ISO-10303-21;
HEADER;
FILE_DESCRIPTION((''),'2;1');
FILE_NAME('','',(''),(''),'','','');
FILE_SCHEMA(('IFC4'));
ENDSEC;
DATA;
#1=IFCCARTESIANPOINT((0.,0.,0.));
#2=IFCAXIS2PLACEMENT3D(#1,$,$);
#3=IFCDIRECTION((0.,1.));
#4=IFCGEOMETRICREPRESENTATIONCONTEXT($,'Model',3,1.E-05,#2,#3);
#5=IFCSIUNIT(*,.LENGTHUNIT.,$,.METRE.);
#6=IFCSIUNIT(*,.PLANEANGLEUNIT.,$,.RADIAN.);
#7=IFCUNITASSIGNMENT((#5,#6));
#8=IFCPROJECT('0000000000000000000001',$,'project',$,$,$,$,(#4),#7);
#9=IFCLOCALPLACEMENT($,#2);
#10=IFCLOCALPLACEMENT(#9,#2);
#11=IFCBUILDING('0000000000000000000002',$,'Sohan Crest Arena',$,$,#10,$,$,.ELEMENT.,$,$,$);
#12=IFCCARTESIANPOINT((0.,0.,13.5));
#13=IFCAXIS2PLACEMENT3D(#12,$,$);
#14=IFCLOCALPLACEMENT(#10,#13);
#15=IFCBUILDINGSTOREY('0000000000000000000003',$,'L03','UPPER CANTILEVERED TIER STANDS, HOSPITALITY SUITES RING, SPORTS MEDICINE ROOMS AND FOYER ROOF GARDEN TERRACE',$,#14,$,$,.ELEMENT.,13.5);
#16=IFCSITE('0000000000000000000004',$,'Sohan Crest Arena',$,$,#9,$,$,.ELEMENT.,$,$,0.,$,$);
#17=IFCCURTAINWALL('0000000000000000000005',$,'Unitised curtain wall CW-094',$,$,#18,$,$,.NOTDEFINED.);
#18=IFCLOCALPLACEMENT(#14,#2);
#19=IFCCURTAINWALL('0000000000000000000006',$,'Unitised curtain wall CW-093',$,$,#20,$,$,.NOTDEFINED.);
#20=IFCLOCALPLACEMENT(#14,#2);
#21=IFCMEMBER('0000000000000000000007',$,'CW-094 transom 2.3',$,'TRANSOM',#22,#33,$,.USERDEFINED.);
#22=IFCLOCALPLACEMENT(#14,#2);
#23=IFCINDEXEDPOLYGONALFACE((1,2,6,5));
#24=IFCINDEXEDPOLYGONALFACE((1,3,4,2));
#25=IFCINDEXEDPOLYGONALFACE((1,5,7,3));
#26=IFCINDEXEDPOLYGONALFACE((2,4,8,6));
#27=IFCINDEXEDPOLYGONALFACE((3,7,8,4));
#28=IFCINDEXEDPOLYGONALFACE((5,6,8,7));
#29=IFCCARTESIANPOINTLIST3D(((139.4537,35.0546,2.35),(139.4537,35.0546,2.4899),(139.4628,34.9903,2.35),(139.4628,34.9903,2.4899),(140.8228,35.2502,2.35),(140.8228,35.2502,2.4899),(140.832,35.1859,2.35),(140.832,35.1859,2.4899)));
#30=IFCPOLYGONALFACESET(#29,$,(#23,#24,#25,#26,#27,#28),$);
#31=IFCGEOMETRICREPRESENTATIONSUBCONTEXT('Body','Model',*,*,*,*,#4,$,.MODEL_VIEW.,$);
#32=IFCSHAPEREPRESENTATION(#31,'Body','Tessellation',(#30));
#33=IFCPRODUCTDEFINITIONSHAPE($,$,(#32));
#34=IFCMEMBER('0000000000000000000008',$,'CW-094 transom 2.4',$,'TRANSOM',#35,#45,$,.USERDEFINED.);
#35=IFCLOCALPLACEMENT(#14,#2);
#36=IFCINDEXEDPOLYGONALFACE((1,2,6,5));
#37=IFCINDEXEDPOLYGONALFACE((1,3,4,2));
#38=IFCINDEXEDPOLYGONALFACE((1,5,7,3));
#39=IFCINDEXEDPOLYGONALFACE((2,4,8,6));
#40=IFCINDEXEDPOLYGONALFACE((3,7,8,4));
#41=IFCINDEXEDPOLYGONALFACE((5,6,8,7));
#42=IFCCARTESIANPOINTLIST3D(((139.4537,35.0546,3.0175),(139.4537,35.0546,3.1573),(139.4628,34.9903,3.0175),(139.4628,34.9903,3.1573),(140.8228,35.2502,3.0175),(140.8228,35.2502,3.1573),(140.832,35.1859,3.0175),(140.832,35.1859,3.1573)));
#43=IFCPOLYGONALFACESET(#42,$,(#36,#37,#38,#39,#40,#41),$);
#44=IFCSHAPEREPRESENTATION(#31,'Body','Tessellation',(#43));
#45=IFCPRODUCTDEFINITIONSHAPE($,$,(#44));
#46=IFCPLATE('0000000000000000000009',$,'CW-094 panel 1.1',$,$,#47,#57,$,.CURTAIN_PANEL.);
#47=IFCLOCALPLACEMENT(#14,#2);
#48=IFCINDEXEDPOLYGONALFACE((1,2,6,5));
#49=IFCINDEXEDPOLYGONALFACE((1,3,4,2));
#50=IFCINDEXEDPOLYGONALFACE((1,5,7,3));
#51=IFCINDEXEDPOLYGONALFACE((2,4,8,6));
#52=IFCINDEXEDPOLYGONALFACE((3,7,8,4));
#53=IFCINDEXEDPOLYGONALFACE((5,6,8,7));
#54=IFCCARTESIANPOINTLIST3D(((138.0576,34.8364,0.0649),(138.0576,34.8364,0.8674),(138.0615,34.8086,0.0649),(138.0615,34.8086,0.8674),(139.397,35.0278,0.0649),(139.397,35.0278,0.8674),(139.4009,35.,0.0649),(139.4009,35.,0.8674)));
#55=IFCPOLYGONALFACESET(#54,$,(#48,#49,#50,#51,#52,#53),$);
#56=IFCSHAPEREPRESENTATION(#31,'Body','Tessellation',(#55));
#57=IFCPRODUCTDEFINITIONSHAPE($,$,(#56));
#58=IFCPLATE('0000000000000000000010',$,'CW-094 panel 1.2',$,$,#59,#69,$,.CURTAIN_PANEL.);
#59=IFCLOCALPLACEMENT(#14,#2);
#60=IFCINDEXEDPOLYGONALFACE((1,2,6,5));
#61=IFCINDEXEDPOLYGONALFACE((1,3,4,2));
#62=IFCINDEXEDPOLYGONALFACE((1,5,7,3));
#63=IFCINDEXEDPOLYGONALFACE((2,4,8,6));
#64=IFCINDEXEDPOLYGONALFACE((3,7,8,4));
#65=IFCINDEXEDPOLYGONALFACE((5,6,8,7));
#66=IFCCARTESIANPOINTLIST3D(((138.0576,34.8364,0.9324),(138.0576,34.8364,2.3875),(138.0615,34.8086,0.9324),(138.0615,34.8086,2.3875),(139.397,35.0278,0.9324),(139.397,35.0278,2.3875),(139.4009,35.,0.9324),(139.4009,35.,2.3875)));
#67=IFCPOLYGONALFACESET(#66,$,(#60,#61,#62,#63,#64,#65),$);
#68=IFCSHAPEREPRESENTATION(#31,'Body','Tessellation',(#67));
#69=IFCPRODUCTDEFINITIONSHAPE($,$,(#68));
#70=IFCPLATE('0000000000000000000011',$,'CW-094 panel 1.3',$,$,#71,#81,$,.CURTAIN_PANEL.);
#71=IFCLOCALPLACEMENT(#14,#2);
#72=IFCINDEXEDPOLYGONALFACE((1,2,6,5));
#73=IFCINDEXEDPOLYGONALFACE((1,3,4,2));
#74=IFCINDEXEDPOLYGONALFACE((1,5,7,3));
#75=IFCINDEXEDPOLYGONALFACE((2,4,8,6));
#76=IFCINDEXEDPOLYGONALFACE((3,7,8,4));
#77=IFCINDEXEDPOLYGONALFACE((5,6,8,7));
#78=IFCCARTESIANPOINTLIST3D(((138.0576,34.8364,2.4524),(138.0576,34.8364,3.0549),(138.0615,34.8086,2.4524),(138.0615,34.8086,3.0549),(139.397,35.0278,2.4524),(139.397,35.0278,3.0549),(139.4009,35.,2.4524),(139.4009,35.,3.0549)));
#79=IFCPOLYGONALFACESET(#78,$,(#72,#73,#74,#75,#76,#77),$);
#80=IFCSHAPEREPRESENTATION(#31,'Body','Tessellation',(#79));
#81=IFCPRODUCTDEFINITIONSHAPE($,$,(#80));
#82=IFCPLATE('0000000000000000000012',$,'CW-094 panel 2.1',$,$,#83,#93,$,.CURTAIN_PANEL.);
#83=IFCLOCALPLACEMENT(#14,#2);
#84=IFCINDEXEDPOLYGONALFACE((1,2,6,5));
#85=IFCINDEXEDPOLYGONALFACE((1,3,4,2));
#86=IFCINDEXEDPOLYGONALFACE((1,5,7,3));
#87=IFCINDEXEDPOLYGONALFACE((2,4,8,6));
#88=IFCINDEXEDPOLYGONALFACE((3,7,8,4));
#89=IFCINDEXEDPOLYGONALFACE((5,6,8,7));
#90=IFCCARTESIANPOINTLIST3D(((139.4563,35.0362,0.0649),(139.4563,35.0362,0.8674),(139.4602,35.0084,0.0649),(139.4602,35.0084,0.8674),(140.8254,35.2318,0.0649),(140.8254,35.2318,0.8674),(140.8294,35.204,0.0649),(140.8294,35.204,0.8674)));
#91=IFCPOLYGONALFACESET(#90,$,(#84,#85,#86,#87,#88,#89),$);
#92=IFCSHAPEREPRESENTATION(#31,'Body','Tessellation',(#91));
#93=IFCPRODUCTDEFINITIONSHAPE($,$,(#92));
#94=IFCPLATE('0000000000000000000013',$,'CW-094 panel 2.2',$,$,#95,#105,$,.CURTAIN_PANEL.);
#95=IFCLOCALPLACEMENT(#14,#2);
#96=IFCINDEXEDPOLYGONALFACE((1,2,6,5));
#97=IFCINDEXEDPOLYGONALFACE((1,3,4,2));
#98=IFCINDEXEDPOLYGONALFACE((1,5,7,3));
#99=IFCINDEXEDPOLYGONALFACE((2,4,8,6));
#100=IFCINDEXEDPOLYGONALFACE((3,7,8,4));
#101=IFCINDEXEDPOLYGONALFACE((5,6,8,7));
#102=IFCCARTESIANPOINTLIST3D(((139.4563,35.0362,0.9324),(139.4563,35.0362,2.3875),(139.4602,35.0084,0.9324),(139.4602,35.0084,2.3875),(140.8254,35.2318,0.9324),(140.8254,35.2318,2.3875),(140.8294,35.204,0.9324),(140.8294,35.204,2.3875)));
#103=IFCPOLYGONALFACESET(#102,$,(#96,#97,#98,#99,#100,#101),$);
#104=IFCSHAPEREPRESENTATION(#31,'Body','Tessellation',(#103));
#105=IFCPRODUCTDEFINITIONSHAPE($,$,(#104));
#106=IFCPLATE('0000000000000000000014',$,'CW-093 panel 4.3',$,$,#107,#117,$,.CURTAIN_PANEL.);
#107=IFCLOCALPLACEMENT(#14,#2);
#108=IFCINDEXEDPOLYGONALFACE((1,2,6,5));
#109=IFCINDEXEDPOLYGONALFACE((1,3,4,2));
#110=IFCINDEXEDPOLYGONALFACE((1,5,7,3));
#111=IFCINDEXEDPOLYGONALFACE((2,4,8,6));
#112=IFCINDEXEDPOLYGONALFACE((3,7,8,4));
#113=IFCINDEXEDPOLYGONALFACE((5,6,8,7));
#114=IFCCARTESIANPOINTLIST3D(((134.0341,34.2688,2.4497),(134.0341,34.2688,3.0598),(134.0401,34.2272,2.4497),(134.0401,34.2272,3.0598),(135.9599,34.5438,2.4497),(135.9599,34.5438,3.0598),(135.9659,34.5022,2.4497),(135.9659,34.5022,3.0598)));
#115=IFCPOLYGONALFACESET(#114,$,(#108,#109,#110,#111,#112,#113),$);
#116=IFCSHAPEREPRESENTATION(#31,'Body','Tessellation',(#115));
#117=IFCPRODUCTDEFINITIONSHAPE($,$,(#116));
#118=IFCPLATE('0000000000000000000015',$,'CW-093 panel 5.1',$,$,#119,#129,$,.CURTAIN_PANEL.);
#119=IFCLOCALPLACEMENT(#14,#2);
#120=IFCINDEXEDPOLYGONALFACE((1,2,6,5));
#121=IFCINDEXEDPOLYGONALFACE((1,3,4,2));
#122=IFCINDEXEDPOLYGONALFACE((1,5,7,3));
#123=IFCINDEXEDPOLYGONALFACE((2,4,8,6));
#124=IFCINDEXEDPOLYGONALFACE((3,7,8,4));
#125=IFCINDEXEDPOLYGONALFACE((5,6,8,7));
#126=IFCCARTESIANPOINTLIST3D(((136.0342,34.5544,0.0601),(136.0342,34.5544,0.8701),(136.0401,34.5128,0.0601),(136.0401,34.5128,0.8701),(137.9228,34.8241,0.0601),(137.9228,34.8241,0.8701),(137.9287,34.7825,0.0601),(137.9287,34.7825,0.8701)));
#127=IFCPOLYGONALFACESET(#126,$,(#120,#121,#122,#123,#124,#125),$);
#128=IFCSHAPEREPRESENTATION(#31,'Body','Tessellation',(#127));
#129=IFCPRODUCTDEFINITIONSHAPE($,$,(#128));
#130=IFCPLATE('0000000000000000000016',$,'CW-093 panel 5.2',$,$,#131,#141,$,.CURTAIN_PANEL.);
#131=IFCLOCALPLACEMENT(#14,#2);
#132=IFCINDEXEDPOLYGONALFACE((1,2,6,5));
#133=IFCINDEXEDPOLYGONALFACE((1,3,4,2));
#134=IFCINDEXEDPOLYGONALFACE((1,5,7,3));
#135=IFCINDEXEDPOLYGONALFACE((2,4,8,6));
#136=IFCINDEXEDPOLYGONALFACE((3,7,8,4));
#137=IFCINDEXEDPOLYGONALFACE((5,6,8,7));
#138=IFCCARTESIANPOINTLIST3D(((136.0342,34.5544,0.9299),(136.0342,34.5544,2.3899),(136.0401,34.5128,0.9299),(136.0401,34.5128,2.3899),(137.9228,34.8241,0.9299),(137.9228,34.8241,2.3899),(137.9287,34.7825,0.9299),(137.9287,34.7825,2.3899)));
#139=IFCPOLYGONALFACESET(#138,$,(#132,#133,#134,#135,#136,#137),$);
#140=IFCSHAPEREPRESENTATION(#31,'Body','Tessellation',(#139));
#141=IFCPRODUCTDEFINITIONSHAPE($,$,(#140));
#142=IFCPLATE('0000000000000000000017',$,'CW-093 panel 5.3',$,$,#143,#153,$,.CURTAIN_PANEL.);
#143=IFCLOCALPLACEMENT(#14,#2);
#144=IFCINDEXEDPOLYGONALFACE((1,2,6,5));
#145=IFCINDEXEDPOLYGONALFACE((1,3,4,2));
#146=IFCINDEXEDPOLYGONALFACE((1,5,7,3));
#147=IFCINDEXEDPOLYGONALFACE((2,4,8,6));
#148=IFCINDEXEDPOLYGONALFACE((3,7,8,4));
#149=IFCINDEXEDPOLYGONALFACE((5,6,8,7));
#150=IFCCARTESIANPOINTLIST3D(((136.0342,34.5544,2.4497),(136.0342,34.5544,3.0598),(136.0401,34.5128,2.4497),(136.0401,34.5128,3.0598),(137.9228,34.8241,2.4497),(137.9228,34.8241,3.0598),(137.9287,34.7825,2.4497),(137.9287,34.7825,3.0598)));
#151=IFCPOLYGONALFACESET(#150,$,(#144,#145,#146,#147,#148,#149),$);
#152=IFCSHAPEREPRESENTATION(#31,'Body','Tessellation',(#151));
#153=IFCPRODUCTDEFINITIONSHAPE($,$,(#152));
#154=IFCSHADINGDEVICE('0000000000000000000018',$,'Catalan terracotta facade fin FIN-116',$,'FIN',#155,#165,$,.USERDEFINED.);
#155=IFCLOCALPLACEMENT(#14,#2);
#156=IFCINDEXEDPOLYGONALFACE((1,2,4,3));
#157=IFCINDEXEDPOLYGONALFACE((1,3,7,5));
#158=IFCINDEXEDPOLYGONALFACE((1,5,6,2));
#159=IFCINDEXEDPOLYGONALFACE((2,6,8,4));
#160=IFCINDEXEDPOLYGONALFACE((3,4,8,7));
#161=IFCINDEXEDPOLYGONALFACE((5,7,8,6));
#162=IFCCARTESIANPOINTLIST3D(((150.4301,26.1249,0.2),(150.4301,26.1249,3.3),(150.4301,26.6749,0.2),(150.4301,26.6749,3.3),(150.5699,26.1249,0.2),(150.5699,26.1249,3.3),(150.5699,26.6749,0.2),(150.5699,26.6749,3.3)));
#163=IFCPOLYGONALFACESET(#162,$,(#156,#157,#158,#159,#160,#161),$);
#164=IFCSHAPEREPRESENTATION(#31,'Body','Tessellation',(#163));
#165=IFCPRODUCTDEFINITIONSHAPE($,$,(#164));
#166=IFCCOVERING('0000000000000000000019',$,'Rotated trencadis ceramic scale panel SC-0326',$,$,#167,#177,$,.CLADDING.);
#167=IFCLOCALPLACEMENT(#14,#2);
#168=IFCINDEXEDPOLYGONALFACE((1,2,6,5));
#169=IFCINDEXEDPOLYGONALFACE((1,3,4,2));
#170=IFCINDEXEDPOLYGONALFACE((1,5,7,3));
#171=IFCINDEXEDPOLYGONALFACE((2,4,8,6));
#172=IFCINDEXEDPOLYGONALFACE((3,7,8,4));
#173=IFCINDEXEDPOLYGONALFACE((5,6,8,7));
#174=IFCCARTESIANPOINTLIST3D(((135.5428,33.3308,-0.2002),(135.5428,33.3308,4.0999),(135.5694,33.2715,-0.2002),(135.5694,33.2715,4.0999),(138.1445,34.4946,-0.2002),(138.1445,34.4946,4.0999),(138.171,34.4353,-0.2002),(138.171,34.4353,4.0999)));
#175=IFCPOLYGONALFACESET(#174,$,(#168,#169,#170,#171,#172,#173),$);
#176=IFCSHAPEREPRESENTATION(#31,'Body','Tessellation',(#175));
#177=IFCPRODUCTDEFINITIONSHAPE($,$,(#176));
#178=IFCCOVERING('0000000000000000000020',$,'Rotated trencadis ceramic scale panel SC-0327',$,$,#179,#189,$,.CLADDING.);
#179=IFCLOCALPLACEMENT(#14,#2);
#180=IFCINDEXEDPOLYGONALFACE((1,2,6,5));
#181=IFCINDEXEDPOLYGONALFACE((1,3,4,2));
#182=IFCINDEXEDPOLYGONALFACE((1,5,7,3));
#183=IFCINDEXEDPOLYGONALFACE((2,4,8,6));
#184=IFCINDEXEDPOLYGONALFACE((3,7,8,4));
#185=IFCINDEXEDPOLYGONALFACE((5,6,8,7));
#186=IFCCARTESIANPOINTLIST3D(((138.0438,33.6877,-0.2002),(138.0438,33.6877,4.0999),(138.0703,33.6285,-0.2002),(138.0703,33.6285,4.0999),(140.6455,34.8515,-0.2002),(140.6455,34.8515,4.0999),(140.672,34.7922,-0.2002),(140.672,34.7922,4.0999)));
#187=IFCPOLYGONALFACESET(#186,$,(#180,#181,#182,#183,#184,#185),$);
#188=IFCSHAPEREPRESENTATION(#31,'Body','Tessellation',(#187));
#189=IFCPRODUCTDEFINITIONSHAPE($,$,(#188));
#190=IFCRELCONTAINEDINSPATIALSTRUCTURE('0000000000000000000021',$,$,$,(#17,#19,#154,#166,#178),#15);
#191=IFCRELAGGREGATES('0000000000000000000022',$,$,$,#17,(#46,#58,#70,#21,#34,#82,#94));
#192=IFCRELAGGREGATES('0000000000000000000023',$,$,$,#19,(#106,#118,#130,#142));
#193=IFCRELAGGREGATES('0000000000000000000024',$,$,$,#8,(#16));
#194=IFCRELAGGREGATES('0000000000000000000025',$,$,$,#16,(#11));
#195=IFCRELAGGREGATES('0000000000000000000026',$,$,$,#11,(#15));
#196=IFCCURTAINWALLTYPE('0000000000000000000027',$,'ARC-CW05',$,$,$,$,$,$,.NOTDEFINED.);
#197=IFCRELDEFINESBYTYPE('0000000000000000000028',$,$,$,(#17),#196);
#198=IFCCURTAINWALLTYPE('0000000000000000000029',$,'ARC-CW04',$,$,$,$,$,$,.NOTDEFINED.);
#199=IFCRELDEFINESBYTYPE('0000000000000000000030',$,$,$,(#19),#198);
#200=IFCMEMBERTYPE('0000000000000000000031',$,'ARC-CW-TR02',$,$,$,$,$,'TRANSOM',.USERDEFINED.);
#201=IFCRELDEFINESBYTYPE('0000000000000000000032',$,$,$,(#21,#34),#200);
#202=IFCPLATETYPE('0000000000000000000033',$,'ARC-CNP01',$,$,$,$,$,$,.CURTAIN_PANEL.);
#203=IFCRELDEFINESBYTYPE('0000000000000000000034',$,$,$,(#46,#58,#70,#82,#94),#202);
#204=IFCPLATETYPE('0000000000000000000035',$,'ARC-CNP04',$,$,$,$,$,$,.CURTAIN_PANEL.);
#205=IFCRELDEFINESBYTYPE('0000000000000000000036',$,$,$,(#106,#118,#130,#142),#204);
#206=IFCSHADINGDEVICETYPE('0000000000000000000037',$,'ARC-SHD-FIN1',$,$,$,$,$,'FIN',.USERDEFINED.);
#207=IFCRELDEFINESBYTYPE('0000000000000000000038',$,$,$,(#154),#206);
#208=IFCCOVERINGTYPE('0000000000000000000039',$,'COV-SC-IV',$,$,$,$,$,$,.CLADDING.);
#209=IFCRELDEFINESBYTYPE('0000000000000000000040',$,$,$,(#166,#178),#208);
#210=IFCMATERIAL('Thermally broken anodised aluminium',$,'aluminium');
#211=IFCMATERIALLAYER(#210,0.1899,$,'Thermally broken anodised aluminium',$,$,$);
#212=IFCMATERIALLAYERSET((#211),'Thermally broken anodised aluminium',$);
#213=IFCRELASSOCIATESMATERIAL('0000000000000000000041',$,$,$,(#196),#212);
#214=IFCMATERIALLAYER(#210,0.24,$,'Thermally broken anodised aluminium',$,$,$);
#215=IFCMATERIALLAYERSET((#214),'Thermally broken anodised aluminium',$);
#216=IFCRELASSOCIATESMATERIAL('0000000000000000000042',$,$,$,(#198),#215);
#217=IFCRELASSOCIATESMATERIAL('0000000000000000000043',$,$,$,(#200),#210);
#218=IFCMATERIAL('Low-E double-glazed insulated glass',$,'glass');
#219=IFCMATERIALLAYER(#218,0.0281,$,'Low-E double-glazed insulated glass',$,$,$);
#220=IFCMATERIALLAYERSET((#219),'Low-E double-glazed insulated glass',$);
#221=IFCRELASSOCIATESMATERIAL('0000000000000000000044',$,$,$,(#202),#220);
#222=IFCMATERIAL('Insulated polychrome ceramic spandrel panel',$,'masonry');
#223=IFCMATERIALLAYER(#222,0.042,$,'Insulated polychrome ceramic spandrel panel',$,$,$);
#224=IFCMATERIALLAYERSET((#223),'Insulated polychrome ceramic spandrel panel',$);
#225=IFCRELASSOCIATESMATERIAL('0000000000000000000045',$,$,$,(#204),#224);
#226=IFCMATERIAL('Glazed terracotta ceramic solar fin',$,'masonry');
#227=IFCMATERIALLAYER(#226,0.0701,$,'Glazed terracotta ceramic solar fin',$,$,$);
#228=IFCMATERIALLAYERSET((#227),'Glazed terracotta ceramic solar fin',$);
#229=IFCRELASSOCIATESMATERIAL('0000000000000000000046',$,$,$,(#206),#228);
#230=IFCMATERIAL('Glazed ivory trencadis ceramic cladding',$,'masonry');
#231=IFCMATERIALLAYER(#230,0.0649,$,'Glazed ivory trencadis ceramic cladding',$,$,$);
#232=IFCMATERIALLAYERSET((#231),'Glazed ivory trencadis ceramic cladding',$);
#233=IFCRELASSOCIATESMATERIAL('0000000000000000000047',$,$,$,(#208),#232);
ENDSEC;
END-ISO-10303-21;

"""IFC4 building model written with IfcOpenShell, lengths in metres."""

from ifc_helpers import new_model, si_unit, direction, frame, origin, origin_2d, place, context, subcontext, project, spatial, rectangle, extrude, material, layer, layer_set, material_profile, profile_set, type_object, element, aggregate, save


model = new_model("IFC4")

# Units and contexts
model_context = context("Model", 3, precision=1e-05, world=origin(), true_north=direction((0.0, 1.0)))
body_context = subcontext(model_context, "Body", "Model", "MODEL_VIEW")
ifc_project = project(units=[si_unit("LENGTHUNIT", "METRE"), si_unit("PLANEANGLEUNIT", "RADIAN")], contexts=[model_context])

# Site, building, storey
site_placement = place(None, origin())
site = spatial("IfcSite", under=ifc_project, at=site_placement, Name="Sohan Crest Arena", CompositionType="ELEMENT", RefElevation=0.0)
building_placement = place(site_placement, origin())
building = spatial("IfcBuilding", under=site, at=building_placement, Name="Sohan Crest Arena", CompositionType="ELEMENT")
storey_placement = place(building_placement, frame((0.0, 0.0, 13.5)))
storey = spatial("IfcBuildingStorey", under=building, at=storey_placement, Name="L03", Description="UPPER CANTILEVERED TIER STANDS, HOSPITALITY SUITES RING, SPORTS MEDICINE ROOMS AND FOYER ROOF GARDEN TERRACE", CompositionType="ELEMENT", Elevation=13.5)

# Curtain walls
ifc_material_1 = material(Name="Thermally broken anodised aluminium", Category="aluminium")
ifc_layer_1 = layer(ifc_material_1, 0.1899, Name="Thermally broken anodised aluminium")
ifc_layer_set_1 = layer_set([ifc_layer_1], Name="Thermally broken anodised aluminium")
curtain_wall_type_1 = type_object("IfcCurtainWallType", Name="ARC-CW05", PredefinedType="NOTDEFINED", material=ifc_layer_set_1)
curtain_wall_1_placement = place(storey_placement, origin())
curtain_wall_1 = element("IfcCurtainWall", 1, at=curtain_wall_1_placement, inside=storey, type_object=curtain_wall_type_1, Name="Unitised curtain wall CW-094", PredefinedType="NOTDEFINED")
ifc_layer_2 = layer(ifc_material_1, 0.24, Name="Thermally broken anodised aluminium")
ifc_layer_set_2 = layer_set([ifc_layer_2], Name="Thermally broken anodised aluminium")
curtain_wall_type_2 = type_object("IfcCurtainWallType", Name="ARC-CW04", PredefinedType="NOTDEFINED", material=ifc_layer_set_2)
curtain_wall_2_placement = place(storey_placement, origin())
curtain_wall_2 = element("IfcCurtainWall", 2, at=curtain_wall_2_placement, inside=storey, type_object=curtain_wall_type_2, Name="Unitised curtain wall CW-093", PredefinedType="NOTDEFINED")

# Members
ifc_material_profile_1 = material_profile(ifc_material_1, rectangle(XDim=0.0649, YDim=0.1399, at=origin_2d()), Name="ALU-TRAN 65x140")
ifc_profile_set_1 = profile_set([ifc_material_profile_1], Name="Thermally broken anodised aluminium")
member_type_1 = type_object("IfcMemberType", Name="ARC-CW-TR02", ElementType="TRANSOM", PredefinedType="USERDEFINED", material=ifc_profile_set_1)
member_1_placement = place(storey_placement, frame((139.4583, 35.0225, 2.4199), z_axis=(0.989953, 0.141397, 0.0), x_axis=(-0.141397, 0.989953, 0.0)))
member_1 = element("IfcMember", 3, at=member_1_placement, type_object=member_type_1, Name="CW-094 transom 2.3", ObjectType="TRANSOM", PredefinedType="USERDEFINED", context=body_context, shape_type="SweptSolid", body=[
    extrude(rectangle(XDim=0.0649, YDim=0.1399, at=origin_2d()), origin(), (0.0, 0.0, 1.0), 1.3831),
])
member_2_placement = place(storey_placement, frame((139.4583, 35.0225, 3.0874), z_axis=(0.989953, 0.141397, 0.0), x_axis=(-0.141397, 0.989953, 0.0)))
member_2 = element("IfcMember", 4, at=member_2_placement, type_object=member_type_1, Name="CW-094 transom 2.4", ObjectType="TRANSOM", PredefinedType="USERDEFINED", context=body_context, shape_type="SweptSolid", body=[
    extrude(rectangle(XDim=0.0649, YDim=0.1399, at=origin_2d()), origin(), (0.0, 0.0, 1.0), 1.3831),
])

# Plates
ifc_material_2 = material(Name="Low-E double-glazed insulated glass", Category="glass")
ifc_layer_3 = layer(ifc_material_2, 0.0281, Name="Low-E double-glazed insulated glass")
ifc_layer_set_3 = layer_set([ifc_layer_3], Name="Low-E double-glazed insulated glass")
plate_type_1 = type_object("IfcPlateType", Name="ARC-CNP01", PredefinedType="CURTAIN_PANEL", material=ifc_layer_set_3)
plate_1_placement = place(storey_placement, frame((138.7292, 34.9182, 0.0649), z_axis=(0.0, 0.0, 1.0), x_axis=(0.989944, 0.141463, 0.0)))
plate_1 = element("IfcPlate", 5, at=plate_1_placement, type_object=plate_type_1, Name="CW-094 panel 1.1", PredefinedType="CURTAIN_PANEL", context=body_context, shape_type="SweptSolid", body=[
    extrude(rectangle(XDim=1.353, YDim=0.0281, at=origin_2d()), origin(), (0.0, 0.0, 1.0), 0.8025),
])
plate_2_placement = place(storey_placement, frame((138.7292, 34.9182, 0.9324), z_axis=(0.0, 0.0, 1.0), x_axis=(0.989944, 0.141463, 0.0)))
plate_2 = element("IfcPlate", 6, at=plate_2_placement, type_object=plate_type_1, Name="CW-094 panel 1.2", PredefinedType="CURTAIN_PANEL", context=body_context, shape_type="SweptSolid", body=[
    extrude(rectangle(XDim=1.353, YDim=0.0281, at=origin_2d()), origin(), (0.0, 0.0, 1.0), 1.4551),
])
plate_3_placement = place(storey_placement, frame((138.7292, 34.9182, 2.4524), z_axis=(0.0, 0.0, 1.0), x_axis=(0.989944, 0.141463, 0.0)))
plate_3 = element("IfcPlate", 7, at=plate_3_placement, type_object=plate_type_1, Name="CW-094 panel 1.3", PredefinedType="CURTAIN_PANEL", context=body_context, shape_type="SweptSolid", body=[
    extrude(rectangle(XDim=1.353, YDim=0.0281, at=origin_2d()), origin(), (0.0, 0.0, 1.0), 0.6025),
])
plate_4_placement = place(storey_placement, frame((140.1428, 35.1201, 0.0649), z_axis=(0.0, 0.0, 1.0), x_axis=(0.989944, 0.141463, 0.0)))
plate_4 = element("IfcPlate", 8, at=plate_4_placement, type_object=plate_type_1, Name="CW-094 panel 2.1", PredefinedType="CURTAIN_PANEL", context=body_context, shape_type="SweptSolid", body=[
    extrude(rectangle(XDim=1.3831, YDim=0.0281, at=origin_2d()), origin(), (0.0, 0.0, 1.0), 0.8025),
])
plate_5_placement = place(storey_placement, frame((140.1428, 35.1201, 0.9324), z_axis=(0.0, 0.0, 1.0), x_axis=(0.989944, 0.141463, 0.0)))
plate_5 = element("IfcPlate", 9, at=plate_5_placement, type_object=plate_type_1, Name="CW-094 panel 2.2", PredefinedType="CURTAIN_PANEL", context=body_context, shape_type="SweptSolid", body=[
    extrude(rectangle(XDim=1.3831, YDim=0.0281, at=origin_2d()), origin(), (0.0, 0.0, 1.0), 1.4551),
])
aggregate(curtain_wall_1, [plate_1, plate_2, plate_3, member_1, member_2, plate_4, plate_5])
ifc_material_3 = material(Name="Insulated polychrome ceramic spandrel panel", Category="masonry")
ifc_layer_4 = layer(ifc_material_3, 0.042, Name="Insulated polychrome ceramic spandrel panel")
ifc_layer_set_4 = layer_set([ifc_layer_4], Name="Insulated polychrome ceramic spandrel panel")
plate_type_2 = type_object("IfcPlateType", Name="ARC-CNP04", PredefinedType="CURTAIN_PANEL", material=ifc_layer_set_4)
plate_6_placement = place(storey_placement, frame((135.0, 34.3855, 2.4497), z_axis=(0.0, 0.0, 1.0), x_axis=(0.989957, 0.141366, 0.0)))
plate_6 = element("IfcPlate", 10, at=plate_6_placement, type_object=plate_type_2, Name="CW-093 panel 4.3", PredefinedType="CURTAIN_PANEL", context=body_context, shape_type="SweptSolid", body=[
    extrude(rectangle(XDim=1.9453, YDim=0.042, at=origin_2d()), origin(), (0.0, 0.0, 1.0), 0.6101),
])
plate_7_placement = place(storey_placement, frame((136.9814, 34.6685, 0.0601), z_axis=(0.0, 0.0, 1.0), x_axis=(0.989957, 0.141366, 0.0)))
plate_7 = element("IfcPlate", 11, at=plate_7_placement, type_object=plate_type_2, Name="CW-093 panel 5.1", PredefinedType="CURTAIN_PANEL", context=body_context, shape_type="SweptSolid", body=[
    extrude(rectangle(XDim=1.9077, YDim=0.042, at=origin_2d()), origin(), (0.0, 0.0, 1.0), 0.8101),
])
plate_8_placement = place(storey_placement, frame((136.9814, 34.6685, 0.9299), z_axis=(0.0, 0.0, 1.0), x_axis=(0.989957, 0.141366, 0.0)))
plate_8 = element("IfcPlate", 12, at=plate_8_placement, type_object=plate_type_2, Name="CW-093 panel 5.2", PredefinedType="CURTAIN_PANEL", context=body_context, shape_type="SweptSolid", body=[
    extrude(rectangle(XDim=1.9077, YDim=0.042, at=origin_2d()), origin(), (0.0, 0.0, 1.0), 1.46),
])
plate_9_placement = place(storey_placement, frame((136.9814, 34.6685, 2.4497), z_axis=(0.0, 0.0, 1.0), x_axis=(0.989957, 0.141366, 0.0)))
plate_9 = element("IfcPlate", 13, at=plate_9_placement, type_object=plate_type_2, Name="CW-093 panel 5.3", PredefinedType="CURTAIN_PANEL", context=body_context, shape_type="SweptSolid", body=[
    extrude(rectangle(XDim=1.9077, YDim=0.042, at=origin_2d()), origin(), (0.0, 0.0, 1.0), 0.6101),
])
aggregate(curtain_wall_2, [plate_6, plate_7, plate_8, plate_9])

# Shading device
ifc_material_4 = material(Name="Glazed terracotta ceramic solar fin", Category="masonry")
ifc_layer_5 = layer(ifc_material_4, 0.0701, Name="Glazed terracotta ceramic solar fin")
ifc_layer_set_5 = layer_set([ifc_layer_5], Name="Glazed terracotta ceramic solar fin")
shading_device_type = type_object("IfcShadingDeviceType", Name="ARC-SHD-FIN1", ElementType="FIN", PredefinedType="USERDEFINED", material=ifc_layer_set_5)
shading_device_placement = place(storey_placement, frame((150.5, 26.3999, 0.2), z_axis=(0.0, 0.0, 1.0), x_axis=(-1.0, 0.0, 0.0)))
element("IfcShadingDevice", 14, at=shading_device_placement, inside=storey, type_object=shading_device_type, Name="Catalan terracotta facade fin FIN-116", ObjectType="FIN", PredefinedType="USERDEFINED", context=body_context, shape_type="SweptSolid", body=[
    extrude(rectangle(XDim=0.1399, YDim=0.55, at=origin_2d()), origin(), (0.0, 0.0, 1.0), 3.1001),
])

# Coverings
ifc_material_5 = material(Name="Glazed ivory trencadis ceramic cladding", Category="masonry")
ifc_layer_6 = layer(ifc_material_5, 0.0649, Name="Glazed ivory trencadis ceramic cladding")
ifc_layer_set_6 = layer_set([ifc_layer_6], Name="Glazed ivory trencadis ceramic cladding")
covering_type = type_object("IfcCoveringType", Name="COV-SC-IV", PredefinedType="CLADDING", material=ifc_layer_set_6)
for number, where, z_axis, x_axis, name in (
    (15, (136.8569, 33.8831, -0.2002), (0.0, 0.0, 1.0), (0.912834, 0.40833, 0.0), "Rotated trencadis ceramic scale panel SC-0326"),
    (16, (139.3579, 34.24, -0.2002), (0.0, 0.0, 1.0), (0.912834, 0.40833, 0.0), "Rotated trencadis ceramic scale panel SC-0327"),
):
    element("IfcCovering", number, at=place(storey_placement, frame(where, z_axis=z_axis, x_axis=x_axis)), inside=storey, type_object=covering_type, Name=name, PredefinedType="CLADDING", context=body_context, shape_type="SweptSolid", body=[
        extrude(rectangle(XDim=2.8501, YDim=0.0649, at=origin_2d()), origin(), (0.0, 0.0, 1.0), 4.3),
    ])

save(model, "model.ifc")
